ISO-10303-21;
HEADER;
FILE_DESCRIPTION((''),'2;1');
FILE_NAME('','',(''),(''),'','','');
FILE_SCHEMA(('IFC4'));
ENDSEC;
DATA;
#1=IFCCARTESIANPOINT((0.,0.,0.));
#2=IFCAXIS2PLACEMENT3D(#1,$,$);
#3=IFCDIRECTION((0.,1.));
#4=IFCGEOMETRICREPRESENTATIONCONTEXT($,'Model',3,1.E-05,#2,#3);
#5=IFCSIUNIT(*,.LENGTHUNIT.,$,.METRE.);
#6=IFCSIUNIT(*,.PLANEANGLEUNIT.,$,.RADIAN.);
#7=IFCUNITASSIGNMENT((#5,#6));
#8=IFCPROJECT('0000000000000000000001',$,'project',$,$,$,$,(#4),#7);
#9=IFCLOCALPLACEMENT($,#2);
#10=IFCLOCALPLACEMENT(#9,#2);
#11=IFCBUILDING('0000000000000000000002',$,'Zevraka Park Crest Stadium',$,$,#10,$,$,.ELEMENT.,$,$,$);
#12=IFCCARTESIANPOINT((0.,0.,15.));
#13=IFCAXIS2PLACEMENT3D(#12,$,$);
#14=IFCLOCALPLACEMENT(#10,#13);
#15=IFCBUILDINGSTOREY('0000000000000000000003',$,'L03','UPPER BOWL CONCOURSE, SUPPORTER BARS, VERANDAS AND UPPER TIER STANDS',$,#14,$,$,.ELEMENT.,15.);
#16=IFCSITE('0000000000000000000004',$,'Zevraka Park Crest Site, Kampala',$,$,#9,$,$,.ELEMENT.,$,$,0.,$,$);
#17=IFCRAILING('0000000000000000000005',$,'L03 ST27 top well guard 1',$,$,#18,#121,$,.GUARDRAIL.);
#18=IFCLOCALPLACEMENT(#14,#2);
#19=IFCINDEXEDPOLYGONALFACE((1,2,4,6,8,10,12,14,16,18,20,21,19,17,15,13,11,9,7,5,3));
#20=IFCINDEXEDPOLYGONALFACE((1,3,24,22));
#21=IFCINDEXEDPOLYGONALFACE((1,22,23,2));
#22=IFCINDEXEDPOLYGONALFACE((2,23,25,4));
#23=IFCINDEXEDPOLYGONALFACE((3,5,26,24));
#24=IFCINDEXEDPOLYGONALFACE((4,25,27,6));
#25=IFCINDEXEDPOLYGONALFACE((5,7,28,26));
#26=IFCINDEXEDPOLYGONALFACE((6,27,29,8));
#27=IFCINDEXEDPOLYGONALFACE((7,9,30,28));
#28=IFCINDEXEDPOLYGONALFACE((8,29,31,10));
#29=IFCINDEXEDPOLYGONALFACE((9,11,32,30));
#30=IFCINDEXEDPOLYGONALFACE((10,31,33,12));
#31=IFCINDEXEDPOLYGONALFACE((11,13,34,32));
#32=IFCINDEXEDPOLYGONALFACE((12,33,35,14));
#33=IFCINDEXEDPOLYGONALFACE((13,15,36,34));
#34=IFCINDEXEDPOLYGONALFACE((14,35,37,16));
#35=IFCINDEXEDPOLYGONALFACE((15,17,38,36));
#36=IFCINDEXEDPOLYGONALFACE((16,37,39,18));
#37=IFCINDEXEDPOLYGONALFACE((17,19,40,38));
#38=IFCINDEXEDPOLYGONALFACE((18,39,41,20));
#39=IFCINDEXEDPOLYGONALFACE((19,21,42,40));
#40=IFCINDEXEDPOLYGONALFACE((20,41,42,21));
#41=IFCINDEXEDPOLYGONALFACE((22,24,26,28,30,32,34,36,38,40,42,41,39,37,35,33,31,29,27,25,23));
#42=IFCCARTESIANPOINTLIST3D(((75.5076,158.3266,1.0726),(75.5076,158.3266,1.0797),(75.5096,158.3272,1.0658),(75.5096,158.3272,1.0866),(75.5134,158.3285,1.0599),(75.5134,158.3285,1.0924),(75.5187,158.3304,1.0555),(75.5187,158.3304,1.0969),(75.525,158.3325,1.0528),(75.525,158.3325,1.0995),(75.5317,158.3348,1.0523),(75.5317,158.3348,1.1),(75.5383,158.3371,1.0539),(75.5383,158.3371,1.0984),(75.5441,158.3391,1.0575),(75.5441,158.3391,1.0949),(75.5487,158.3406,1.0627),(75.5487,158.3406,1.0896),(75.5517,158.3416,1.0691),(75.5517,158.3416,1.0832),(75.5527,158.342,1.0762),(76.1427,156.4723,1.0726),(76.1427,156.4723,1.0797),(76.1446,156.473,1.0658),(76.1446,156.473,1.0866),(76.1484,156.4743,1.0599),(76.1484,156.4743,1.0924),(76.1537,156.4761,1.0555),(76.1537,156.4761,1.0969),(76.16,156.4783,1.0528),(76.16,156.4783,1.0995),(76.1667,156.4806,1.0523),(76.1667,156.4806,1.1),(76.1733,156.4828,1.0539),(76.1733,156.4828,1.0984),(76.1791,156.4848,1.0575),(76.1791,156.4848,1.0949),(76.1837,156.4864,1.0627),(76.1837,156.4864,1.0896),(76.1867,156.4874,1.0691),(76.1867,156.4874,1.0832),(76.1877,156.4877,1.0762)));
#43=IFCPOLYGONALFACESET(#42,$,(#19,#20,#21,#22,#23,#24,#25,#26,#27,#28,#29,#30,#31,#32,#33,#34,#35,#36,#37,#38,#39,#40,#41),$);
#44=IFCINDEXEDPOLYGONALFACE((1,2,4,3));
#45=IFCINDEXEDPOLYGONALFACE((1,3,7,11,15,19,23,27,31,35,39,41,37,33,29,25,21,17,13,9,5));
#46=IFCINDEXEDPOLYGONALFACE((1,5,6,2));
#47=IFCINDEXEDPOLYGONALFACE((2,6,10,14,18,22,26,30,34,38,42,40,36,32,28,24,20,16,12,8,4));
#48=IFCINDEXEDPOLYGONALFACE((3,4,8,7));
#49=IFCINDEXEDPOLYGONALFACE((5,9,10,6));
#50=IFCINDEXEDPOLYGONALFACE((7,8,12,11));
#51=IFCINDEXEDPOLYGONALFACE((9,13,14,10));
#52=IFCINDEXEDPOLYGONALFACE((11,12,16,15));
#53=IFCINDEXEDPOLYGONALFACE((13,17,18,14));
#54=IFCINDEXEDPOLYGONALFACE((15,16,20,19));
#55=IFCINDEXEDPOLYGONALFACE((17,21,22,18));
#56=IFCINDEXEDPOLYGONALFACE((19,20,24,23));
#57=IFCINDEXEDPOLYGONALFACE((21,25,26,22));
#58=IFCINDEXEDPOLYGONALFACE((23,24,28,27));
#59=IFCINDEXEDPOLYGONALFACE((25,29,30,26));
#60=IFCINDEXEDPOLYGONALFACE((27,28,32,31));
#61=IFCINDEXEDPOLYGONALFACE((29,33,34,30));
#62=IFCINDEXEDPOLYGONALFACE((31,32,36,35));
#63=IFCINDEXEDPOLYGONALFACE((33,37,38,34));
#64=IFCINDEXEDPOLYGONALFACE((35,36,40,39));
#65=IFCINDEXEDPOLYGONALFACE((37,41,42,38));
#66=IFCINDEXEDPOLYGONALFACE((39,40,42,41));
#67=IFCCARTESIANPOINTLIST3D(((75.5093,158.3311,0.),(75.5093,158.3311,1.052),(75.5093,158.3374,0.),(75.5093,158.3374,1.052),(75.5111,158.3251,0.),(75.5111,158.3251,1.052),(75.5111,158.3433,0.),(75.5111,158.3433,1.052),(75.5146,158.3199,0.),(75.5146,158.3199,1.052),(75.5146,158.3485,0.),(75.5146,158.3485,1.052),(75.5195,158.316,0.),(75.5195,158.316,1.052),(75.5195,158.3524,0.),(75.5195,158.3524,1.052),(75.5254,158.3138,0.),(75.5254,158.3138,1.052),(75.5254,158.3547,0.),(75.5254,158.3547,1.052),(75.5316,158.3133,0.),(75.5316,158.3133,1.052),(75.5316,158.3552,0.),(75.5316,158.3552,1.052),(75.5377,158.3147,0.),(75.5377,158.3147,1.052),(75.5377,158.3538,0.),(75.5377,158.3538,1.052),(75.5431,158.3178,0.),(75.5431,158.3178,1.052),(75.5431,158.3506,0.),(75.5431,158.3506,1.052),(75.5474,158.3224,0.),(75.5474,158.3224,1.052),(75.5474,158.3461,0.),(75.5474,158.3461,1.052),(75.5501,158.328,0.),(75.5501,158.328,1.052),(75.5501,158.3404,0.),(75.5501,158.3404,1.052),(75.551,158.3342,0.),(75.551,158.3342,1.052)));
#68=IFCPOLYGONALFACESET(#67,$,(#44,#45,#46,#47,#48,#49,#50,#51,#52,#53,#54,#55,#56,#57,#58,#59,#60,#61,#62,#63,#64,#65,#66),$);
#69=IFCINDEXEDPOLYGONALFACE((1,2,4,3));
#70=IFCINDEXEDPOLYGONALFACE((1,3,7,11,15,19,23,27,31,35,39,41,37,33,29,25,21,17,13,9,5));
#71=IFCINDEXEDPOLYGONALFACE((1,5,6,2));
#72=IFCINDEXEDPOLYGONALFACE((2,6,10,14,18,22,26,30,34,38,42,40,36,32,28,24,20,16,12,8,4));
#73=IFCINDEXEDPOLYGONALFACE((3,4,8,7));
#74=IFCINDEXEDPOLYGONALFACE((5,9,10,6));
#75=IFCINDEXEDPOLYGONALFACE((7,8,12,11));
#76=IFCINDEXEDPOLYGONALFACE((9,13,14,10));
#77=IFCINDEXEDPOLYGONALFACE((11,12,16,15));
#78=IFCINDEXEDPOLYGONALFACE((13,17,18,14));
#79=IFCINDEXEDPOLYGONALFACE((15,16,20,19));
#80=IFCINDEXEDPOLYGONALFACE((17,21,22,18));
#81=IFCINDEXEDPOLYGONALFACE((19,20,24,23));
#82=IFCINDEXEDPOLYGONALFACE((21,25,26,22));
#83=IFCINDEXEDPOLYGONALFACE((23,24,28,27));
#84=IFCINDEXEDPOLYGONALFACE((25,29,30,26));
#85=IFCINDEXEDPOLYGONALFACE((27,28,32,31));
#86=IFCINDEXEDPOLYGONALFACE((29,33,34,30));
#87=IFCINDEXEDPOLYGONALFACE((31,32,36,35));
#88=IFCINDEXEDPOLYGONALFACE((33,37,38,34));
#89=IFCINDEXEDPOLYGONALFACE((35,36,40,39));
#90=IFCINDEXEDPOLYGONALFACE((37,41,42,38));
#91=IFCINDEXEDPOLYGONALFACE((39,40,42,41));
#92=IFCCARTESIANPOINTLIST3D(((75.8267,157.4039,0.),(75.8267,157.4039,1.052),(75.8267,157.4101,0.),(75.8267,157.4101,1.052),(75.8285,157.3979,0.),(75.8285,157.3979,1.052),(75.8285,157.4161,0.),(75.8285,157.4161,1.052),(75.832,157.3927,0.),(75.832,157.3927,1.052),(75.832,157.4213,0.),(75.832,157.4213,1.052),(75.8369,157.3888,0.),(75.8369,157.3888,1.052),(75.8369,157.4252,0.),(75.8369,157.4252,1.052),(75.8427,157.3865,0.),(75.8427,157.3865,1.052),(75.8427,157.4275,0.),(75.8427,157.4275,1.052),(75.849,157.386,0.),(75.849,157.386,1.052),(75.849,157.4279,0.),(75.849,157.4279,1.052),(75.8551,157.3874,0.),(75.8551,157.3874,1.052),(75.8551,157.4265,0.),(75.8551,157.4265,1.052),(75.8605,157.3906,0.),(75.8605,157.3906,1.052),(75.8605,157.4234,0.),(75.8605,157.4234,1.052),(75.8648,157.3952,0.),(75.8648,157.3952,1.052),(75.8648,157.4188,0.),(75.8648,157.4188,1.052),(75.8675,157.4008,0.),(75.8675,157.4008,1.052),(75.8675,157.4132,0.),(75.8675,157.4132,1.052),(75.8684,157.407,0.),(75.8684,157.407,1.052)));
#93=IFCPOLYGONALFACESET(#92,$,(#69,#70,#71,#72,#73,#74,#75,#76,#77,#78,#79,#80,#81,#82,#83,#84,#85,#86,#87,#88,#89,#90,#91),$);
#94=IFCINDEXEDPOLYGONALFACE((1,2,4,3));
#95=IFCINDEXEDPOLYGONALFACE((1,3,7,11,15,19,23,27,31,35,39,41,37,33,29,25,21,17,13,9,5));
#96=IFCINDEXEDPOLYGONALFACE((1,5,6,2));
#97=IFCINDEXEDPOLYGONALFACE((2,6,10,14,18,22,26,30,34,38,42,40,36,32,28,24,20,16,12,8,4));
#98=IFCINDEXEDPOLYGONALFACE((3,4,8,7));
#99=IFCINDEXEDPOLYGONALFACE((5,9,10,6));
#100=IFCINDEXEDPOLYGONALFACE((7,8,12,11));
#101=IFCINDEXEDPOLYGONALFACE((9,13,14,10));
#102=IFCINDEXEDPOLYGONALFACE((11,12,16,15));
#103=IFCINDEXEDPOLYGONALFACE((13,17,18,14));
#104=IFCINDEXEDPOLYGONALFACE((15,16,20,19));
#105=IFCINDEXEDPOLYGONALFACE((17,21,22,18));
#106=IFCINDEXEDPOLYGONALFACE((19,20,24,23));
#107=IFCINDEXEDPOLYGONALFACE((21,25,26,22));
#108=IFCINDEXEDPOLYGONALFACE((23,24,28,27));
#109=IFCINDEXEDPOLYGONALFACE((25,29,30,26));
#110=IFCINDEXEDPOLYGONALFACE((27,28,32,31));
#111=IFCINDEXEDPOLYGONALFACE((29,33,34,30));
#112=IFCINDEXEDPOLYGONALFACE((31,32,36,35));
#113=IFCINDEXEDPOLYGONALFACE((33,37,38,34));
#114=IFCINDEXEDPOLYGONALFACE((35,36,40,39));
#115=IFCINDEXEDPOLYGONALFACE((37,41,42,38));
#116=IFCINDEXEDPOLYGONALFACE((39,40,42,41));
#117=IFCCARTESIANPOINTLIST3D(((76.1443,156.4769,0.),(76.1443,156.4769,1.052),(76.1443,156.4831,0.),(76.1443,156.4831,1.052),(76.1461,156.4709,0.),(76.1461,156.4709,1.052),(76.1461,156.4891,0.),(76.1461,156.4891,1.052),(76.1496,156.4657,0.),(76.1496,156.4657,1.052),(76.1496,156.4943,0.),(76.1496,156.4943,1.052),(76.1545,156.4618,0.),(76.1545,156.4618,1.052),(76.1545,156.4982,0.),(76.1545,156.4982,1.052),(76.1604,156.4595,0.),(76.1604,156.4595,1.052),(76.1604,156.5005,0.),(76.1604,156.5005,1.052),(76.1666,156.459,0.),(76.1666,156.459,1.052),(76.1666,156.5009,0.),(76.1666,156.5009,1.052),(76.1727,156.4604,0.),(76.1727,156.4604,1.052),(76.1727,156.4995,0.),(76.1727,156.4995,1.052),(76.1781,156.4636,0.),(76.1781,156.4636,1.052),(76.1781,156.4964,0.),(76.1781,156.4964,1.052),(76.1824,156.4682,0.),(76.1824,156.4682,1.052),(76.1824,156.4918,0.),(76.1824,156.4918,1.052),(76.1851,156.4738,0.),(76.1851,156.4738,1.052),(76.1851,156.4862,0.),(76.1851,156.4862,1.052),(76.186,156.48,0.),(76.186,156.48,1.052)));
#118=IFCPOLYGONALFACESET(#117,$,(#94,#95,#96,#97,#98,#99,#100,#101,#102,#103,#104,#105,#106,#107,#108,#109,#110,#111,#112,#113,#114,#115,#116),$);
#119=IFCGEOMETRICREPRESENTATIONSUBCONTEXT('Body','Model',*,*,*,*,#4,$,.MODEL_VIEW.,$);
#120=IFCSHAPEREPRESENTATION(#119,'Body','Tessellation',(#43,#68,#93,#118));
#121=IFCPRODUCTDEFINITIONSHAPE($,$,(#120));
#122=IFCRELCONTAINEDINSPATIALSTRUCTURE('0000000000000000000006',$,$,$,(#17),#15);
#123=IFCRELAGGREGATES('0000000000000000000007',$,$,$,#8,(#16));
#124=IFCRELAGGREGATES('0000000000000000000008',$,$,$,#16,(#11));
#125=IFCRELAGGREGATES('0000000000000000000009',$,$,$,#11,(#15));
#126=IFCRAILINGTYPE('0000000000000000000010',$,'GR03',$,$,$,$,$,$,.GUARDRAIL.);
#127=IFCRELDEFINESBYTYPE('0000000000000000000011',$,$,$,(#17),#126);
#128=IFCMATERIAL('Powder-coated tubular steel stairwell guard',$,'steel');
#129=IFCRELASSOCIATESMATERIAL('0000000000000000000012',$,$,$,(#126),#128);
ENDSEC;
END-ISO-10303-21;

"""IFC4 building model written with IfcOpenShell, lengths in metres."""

from ifc_helpers import new_model, si_unit, direction, frame, origin, origin_2d, place, context, subcontext, project, spatial, circle, extrude, material, type_object, element, save


model = new_model("IFC4")

# Units and contexts
model_context = context("Model", 3, precision=1e-05, world=origin(), true_north=direction((0.0, 1.0)))
body_context = subcontext(model_context, "Body", "Model", "MODEL_VIEW")
ifc_project = project(units=[si_unit("LENGTHUNIT", "METRE"), si_unit("PLANEANGLEUNIT", "RADIAN")], contexts=[model_context])

# Site, building, storey
site_placement = place(None, origin())
site = spatial("IfcSite", under=ifc_project, at=site_placement, Name="Zevraka Park Crest Site, Kampala", CompositionType="ELEMENT", RefElevation=0.0)
building_placement = place(site_placement, origin())
building = spatial("IfcBuilding", under=site, at=building_placement, Name="Zevraka Park Crest Stadium", CompositionType="ELEMENT")
storey_placement = place(building_placement, frame((0.0, 0.0, 15.0)))
storey = spatial("IfcBuildingStorey", under=building, at=storey_placement, Name="L03", Description="UPPER BOWL CONCOURSE, SUPPORTER BARS, VERANDAS AND UPPER TIER STANDS", CompositionType="ELEMENT", Elevation=15.0)

# Railing
ifc_material_1 = material(Name="Powder-coated tubular steel stairwell guard", Category="steel")
railing_type_1 = type_object("IfcRailingType", Name="GR03", PredefinedType="GUARDRAIL", material=ifc_material_1)
railing_1_placement = place(storey_placement, frame((75.53, 158.3342, 0.0)))
element("IfcRailing", 1, at=railing_1_placement, inside=storey, type_object=railing_type_1, Name="L03 ST27 top well guard 1", PredefinedType="GUARDRAIL", context=body_context, shape_type="SweptSolid", body=[
    extrude(circle(Radius=0.0239, at=origin_2d()), frame((0.0, 0.0, 1.0762), z_axis=(0.32399, -0.946061, 0.0), x_axis=(0.946061, 0.32399, 0.0)), (0.0, 0.0, 1.0), 1.96),
    extrude(circle(Radius=0.021, at=origin_2d()), origin(), (0.0, 0.0, 1.0), 1.052),
    extrude(circle(Radius=0.021, at=origin_2d()), frame((0.3174, -0.9272, 0.0)), (0.0, 0.0, 1.0), 1.052),
    extrude(circle(Radius=0.021, at=origin_2d()), frame((0.635, -1.8542, 0.0)), (0.0, 0.0, 1.0), 1.052),
])

save(model, "model.ifc")
